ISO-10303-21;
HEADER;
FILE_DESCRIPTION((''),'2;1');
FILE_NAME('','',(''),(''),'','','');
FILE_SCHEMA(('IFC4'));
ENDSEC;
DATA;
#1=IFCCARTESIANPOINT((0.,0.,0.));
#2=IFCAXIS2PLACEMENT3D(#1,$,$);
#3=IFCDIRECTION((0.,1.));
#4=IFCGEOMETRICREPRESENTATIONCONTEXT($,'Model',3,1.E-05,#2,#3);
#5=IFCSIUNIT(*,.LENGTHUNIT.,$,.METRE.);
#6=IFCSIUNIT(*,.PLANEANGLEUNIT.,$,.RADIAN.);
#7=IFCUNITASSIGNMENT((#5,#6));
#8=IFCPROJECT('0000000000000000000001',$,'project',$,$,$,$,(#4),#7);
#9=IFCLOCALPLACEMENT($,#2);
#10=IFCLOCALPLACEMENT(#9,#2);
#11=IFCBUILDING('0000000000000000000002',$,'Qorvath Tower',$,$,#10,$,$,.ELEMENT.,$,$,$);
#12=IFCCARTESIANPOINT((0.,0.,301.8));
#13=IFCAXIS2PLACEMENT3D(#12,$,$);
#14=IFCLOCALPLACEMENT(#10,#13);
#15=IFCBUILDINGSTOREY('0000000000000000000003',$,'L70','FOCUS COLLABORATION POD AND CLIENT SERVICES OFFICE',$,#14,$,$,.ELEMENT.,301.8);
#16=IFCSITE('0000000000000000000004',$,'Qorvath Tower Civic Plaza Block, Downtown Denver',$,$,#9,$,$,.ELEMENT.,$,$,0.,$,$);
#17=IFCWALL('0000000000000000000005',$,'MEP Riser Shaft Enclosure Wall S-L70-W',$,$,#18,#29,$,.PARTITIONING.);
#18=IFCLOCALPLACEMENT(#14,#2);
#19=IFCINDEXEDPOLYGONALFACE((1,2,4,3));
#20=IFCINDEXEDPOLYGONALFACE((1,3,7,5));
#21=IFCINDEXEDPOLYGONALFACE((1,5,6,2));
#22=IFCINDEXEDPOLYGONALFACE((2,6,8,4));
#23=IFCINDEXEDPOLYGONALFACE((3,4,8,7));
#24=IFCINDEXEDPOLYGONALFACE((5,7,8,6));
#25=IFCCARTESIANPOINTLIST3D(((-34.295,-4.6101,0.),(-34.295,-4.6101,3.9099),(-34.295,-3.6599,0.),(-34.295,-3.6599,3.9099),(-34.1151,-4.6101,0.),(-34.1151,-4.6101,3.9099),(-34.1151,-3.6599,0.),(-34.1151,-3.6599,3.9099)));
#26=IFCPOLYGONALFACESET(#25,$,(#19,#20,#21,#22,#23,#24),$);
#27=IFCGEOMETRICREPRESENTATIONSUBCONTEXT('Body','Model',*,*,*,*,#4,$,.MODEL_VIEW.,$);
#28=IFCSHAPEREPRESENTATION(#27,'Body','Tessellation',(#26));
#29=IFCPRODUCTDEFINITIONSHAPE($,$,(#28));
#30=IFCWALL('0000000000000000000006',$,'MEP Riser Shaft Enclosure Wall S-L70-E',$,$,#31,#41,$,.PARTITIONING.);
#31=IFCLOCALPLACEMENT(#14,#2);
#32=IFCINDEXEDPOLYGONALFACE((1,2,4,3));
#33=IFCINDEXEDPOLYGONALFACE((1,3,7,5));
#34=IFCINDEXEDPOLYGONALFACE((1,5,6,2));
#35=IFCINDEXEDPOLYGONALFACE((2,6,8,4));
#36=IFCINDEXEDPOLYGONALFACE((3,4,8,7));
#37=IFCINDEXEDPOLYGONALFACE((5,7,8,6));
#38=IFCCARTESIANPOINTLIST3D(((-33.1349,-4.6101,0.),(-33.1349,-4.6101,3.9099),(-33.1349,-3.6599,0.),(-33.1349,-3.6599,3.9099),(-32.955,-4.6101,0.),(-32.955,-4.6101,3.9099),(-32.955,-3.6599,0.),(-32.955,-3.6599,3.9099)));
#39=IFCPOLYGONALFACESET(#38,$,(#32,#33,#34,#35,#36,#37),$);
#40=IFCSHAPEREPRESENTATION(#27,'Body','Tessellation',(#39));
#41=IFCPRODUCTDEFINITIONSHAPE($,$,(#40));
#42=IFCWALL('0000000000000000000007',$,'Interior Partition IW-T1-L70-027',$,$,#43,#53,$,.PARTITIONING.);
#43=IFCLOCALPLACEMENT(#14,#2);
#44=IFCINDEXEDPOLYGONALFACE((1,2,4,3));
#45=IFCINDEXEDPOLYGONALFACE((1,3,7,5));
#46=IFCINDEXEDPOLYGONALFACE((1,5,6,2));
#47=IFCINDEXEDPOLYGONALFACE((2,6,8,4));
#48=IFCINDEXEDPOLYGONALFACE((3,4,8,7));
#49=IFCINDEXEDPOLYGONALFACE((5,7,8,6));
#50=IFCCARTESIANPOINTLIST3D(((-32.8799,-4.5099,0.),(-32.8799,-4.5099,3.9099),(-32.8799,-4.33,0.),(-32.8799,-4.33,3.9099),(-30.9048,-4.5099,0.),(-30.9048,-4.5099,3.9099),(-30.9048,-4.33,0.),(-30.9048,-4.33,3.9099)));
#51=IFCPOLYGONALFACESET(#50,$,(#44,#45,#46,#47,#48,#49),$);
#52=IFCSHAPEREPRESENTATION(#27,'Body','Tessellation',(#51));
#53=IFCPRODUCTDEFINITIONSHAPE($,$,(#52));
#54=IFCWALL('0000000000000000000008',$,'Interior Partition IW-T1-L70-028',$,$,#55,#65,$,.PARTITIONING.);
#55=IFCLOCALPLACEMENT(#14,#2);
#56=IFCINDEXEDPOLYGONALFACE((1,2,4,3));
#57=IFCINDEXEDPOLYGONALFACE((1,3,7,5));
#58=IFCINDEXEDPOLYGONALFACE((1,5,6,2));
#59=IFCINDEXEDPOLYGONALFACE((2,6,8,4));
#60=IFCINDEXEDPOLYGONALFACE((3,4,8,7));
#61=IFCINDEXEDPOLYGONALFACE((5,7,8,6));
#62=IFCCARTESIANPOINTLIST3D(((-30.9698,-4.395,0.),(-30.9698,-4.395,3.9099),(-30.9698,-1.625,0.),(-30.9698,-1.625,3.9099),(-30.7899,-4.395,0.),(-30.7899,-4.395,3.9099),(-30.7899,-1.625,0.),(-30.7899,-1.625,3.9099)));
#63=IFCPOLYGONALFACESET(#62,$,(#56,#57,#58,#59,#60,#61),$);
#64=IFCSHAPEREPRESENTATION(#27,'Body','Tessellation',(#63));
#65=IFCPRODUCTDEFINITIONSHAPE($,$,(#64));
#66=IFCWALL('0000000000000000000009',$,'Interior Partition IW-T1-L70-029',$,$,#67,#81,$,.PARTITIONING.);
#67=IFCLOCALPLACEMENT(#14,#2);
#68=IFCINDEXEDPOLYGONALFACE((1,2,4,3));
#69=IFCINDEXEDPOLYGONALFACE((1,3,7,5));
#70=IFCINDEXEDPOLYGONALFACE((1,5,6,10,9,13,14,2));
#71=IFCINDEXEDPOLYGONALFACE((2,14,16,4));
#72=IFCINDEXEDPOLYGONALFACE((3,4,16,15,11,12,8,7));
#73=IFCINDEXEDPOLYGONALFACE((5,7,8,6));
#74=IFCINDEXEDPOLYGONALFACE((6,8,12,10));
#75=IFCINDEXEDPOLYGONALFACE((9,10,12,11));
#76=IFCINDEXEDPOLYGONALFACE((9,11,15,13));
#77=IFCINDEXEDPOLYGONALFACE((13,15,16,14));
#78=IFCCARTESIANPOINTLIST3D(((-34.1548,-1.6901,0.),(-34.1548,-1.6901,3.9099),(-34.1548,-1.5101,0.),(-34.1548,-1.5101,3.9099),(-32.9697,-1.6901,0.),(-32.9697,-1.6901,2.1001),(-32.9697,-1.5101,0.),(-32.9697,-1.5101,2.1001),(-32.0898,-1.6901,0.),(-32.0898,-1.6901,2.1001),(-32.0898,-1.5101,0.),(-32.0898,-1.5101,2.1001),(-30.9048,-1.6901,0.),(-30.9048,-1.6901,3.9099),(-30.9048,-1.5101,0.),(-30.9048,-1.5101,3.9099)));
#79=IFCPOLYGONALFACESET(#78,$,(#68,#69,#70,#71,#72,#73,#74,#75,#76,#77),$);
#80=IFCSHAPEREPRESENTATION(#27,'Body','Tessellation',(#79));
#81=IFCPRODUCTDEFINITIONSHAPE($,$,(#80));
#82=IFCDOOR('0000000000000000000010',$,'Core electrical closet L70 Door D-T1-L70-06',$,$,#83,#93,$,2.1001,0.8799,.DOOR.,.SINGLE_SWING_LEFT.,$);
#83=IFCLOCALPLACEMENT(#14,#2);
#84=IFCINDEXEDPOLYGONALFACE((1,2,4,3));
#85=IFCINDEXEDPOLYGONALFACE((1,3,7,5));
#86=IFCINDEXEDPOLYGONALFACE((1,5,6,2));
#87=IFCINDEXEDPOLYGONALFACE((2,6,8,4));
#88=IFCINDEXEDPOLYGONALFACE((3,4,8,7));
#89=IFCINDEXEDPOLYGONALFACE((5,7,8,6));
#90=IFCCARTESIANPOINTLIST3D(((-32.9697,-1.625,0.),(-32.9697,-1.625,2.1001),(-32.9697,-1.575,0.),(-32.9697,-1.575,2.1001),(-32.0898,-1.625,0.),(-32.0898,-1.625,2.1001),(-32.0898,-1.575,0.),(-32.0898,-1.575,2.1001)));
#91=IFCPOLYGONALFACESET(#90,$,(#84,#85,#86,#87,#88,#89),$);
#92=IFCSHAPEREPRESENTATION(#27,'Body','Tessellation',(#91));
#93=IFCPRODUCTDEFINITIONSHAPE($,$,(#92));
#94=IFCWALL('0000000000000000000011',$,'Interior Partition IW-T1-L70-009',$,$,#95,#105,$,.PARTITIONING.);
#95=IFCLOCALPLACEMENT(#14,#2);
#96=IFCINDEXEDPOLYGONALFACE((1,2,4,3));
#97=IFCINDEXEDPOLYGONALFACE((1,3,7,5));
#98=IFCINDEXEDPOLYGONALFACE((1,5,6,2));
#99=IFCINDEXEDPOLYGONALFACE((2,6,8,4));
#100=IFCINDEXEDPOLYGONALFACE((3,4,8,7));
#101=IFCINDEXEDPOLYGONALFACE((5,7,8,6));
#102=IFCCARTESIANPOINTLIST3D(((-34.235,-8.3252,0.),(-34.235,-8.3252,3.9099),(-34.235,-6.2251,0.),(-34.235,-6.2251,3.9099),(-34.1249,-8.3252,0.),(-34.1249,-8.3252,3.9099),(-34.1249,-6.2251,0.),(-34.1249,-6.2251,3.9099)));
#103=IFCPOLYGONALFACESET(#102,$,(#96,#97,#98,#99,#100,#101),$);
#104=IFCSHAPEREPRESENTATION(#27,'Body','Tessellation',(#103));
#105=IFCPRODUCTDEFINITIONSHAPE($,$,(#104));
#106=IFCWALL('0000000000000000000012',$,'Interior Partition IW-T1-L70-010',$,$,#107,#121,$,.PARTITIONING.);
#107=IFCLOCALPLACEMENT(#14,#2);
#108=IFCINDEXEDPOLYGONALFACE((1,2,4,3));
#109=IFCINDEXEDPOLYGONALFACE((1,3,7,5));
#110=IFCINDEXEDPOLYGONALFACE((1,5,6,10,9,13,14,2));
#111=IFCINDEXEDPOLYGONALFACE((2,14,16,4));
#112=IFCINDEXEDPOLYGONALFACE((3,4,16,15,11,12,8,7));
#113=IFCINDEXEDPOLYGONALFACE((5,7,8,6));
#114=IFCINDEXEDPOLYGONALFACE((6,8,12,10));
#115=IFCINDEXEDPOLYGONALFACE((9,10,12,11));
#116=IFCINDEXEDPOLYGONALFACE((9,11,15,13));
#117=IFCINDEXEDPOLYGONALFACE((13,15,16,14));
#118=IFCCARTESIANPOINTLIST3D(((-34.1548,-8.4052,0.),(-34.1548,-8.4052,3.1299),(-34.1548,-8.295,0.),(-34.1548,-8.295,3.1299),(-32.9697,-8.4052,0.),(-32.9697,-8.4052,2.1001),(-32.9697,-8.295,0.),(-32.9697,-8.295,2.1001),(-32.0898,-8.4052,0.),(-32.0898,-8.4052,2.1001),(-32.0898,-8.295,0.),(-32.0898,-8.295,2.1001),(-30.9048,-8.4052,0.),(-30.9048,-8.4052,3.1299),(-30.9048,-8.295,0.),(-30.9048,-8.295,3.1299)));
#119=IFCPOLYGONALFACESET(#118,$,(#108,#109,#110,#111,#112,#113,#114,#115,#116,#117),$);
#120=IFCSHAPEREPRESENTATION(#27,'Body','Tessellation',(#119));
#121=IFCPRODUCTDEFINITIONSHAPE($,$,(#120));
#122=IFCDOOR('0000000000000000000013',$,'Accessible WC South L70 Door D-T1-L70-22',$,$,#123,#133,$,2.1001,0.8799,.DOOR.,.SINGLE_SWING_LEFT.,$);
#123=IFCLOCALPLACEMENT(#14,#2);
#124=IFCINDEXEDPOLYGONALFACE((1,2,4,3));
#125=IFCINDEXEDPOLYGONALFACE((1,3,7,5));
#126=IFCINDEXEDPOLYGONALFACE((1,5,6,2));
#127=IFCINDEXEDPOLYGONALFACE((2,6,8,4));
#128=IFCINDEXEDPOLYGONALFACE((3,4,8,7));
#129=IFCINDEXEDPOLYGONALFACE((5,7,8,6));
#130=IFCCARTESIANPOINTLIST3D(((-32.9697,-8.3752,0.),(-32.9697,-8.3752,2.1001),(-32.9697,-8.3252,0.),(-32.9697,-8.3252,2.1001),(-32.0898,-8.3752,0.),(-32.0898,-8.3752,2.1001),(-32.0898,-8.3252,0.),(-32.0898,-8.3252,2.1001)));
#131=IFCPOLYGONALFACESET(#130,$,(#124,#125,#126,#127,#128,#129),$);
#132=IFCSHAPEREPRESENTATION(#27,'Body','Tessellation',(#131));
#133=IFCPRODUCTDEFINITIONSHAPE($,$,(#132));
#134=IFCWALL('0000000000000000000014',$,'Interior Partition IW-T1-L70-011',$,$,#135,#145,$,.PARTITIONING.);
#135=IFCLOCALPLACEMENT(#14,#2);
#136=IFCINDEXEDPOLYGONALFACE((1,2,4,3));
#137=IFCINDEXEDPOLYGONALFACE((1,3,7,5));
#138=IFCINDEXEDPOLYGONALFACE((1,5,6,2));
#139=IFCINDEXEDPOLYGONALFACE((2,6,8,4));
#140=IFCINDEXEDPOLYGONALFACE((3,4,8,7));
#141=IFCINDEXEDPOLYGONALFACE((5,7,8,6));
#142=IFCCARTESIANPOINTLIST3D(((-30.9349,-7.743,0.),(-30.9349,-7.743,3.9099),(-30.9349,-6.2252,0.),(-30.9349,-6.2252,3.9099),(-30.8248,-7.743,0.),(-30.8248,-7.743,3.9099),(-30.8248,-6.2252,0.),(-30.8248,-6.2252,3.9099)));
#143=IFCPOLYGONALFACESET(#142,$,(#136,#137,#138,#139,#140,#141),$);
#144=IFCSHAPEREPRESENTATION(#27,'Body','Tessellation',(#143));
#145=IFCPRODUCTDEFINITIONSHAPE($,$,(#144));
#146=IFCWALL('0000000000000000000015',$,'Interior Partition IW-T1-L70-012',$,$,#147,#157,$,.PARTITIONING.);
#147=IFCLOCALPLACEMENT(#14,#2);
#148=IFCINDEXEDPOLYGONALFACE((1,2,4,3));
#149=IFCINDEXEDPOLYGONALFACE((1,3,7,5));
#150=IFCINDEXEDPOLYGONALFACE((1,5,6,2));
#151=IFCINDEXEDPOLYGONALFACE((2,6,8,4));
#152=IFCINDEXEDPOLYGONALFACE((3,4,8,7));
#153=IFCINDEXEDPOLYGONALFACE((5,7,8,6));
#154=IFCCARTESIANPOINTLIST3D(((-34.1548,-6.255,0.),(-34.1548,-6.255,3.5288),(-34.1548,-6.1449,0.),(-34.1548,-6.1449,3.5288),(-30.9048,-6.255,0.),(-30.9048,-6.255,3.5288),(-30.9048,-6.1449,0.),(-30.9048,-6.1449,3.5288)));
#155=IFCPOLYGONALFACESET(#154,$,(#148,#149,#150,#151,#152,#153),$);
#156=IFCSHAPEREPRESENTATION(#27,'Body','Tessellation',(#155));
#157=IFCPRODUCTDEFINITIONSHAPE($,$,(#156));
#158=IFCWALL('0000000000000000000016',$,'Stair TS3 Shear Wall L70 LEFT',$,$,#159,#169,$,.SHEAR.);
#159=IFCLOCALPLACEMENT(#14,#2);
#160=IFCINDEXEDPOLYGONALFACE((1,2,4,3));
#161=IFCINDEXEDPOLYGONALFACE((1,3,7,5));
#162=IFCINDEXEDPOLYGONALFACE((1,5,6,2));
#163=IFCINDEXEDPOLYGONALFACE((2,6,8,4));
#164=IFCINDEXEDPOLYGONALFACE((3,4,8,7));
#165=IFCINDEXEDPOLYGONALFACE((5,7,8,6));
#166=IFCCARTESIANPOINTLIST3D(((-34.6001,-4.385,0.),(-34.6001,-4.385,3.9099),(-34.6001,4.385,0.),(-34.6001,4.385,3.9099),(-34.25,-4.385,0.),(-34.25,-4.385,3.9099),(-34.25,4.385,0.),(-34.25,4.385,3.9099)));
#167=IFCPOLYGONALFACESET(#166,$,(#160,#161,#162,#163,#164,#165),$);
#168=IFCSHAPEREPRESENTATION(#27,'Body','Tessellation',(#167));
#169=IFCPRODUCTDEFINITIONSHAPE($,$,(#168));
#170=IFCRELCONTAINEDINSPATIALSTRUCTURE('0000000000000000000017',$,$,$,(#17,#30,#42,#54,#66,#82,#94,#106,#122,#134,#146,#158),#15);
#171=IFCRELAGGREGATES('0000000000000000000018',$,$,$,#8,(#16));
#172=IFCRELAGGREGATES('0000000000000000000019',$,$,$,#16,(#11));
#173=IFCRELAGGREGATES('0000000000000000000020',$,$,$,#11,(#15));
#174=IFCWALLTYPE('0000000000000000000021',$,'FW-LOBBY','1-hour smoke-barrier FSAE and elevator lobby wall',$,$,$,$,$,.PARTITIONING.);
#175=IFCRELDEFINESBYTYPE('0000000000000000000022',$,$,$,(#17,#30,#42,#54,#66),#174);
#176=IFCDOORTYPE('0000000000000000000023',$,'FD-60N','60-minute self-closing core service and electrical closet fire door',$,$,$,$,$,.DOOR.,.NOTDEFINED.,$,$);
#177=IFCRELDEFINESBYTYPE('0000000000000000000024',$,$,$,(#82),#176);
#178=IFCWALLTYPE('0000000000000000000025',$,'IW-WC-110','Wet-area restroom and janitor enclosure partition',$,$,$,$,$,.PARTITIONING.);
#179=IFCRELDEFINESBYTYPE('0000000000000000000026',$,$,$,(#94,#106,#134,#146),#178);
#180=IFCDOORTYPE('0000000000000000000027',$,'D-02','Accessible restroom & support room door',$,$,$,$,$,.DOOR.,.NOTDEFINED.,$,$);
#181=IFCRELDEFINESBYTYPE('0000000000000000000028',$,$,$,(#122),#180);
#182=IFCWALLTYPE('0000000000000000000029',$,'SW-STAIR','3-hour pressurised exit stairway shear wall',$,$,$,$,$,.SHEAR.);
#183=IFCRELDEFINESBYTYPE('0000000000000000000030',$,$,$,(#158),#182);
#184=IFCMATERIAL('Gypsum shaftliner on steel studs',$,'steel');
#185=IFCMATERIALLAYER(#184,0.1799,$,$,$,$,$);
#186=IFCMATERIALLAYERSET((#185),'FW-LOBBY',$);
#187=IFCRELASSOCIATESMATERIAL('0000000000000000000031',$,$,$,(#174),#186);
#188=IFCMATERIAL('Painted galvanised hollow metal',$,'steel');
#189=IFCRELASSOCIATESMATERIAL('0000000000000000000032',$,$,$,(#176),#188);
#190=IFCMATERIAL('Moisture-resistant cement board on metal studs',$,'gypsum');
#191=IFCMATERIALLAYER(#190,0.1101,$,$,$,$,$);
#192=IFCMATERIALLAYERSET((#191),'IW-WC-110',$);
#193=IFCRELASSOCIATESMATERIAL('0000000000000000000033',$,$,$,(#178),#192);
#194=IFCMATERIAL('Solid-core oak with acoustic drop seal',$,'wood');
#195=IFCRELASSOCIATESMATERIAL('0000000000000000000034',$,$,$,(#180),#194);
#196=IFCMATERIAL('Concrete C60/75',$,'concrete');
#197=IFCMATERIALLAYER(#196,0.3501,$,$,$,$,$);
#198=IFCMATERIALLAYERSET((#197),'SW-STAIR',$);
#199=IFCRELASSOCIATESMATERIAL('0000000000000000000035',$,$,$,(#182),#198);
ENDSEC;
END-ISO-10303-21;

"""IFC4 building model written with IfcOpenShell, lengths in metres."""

from ifc_helpers import new_model, si_unit, direction, frame, frame_2d, origin, place, context, subcontext, project, spatial, rectangle, extrude, material, layer, layer_set, type_object, element, fill, save


model = new_model("IFC4")

# Units and contexts
model_context = context("Model", 3, precision=1e-05, world=origin(), true_north=direction((0.0, 1.0)))
body_context = subcontext(model_context, "Body", "Model", "MODEL_VIEW")
ifc_project = project(units=[si_unit("LENGTHUNIT", "METRE"), si_unit("PLANEANGLEUNIT", "RADIAN")], contexts=[model_context])

# Site, building, storey
site_placement = place(None, origin())
site = spatial("IfcSite", under=ifc_project, at=site_placement, Name="Qorvath Tower Civic Plaza Block, Downtown Denver", CompositionType="ELEMENT", RefElevation=0.0)
building_placement = place(site_placement, origin())
building = spatial("IfcBuilding", under=site, at=building_placement, Name="Qorvath Tower", CompositionType="ELEMENT")
storey_placement = place(building_placement, frame((0.0, 0.0, 301.8)))
storey = spatial("IfcBuildingStorey", under=building, at=storey_placement, Name="L70", Description="FOCUS COLLABORATION POD AND CLIENT SERVICES OFFICE", CompositionType="ELEMENT", Elevation=301.8)

# Walls
ifc_material_1 = material(Name="Gypsum shaftliner on steel studs", Category="steel")
ifc_layer_1 = layer(ifc_material_1, 0.1799)
ifc_layer_set_1 = layer_set([ifc_layer_1], Name="FW-LOBBY")
wall_type_1 = type_object("IfcWallType", Name="FW-LOBBY", Description="1-hour smoke-barrier FSAE and elevator lobby wall", PredefinedType="PARTITIONING", material=ifc_layer_set_1)
for number, where, z_axis, x_axis, name in (
    (1, (-34.2051, -4.6101, 0.0), (0.0, 0.0, 1.0), (0.0, 1.0, 0.0), "MEP Riser Shaft Enclosure Wall S-L70-W"),
    (2, (-33.0449, -3.6599, 0.0), (0.0, 0.0, 1.0), (0.0, -1.0, 0.0), "MEP Riser Shaft Enclosure Wall S-L70-E"),
):
    element("IfcWall", number, at=place(storey_placement, frame(where, z_axis=z_axis, x_axis=x_axis)), inside=storey, type_object=wall_type_1, Name=name, PredefinedType="PARTITIONING", context=body_context, shape_type="SweptSolid", body=[
        extrude(rectangle(XDim=0.9502, YDim=0.1799, at=frame_2d((0.4751, 0.0))), origin(), (0.0, 0.0, 1.0), 3.9099),
    ])
wall_1_placement = place(storey_placement, frame((-32.8799, -4.4199, 0.0), z_axis=(0.0, 0.0, 1.0), x_axis=(1.0, 0.0, 0.0)))
element("IfcWall", 3, at=wall_1_placement, inside=storey, type_object=wall_type_1, Name="Interior Partition IW-T1-L70-027", PredefinedType="PARTITIONING", context=body_context, shape_type="SweptSolid", body=[
    extrude(rectangle(XDim=1.9751, YDim=0.1799, at=frame_2d((0.9875, 0.0))), origin(), (0.0, 0.0, 1.0), 3.9099),
])
wall_2_placement = place(storey_placement, frame((-30.8799, -4.395, 0.0), z_axis=(0.0, 0.0, 1.0), x_axis=(0.0, 1.0, 0.0)))
element("IfcWall", 4, at=wall_2_placement, inside=storey, type_object=wall_type_1, Name="Interior Partition IW-T1-L70-028", PredefinedType="PARTITIONING", context=body_context, shape_type="SweptSolid", body=[
    extrude(rectangle(XDim=2.77, YDim=0.1799, at=frame_2d((1.385, 0.0))), origin(), (0.0, 0.0, 1.0), 3.9099),
])

# Wall, opening, door
wall_3_placement = place(storey_placement, frame((-30.9048, -1.6001, 0.0), z_axis=(0.0, 0.0, 1.0), x_axis=(-1.0, 0.0, 0.0)))
wall_3 = element("IfcWall", 5, at=wall_3_placement, inside=storey, type_object=wall_type_1, Name="Interior Partition IW-T1-L70-029", PredefinedType="PARTITIONING", context=body_context, shape_type="SweptSolid", body=[
    extrude(rectangle(XDim=3.25, YDim=0.1799, at=frame_2d((1.625, 0.0))), origin(), (0.0, 0.0, 1.0), 3.9099),
])
opening_1_placement = place(wall_3_placement, frame((1.1851, 0.0, 0.0)))
opening_1 = element("IfcOpeningElement", 6, at=opening_1_placement, cuts=wall_3, PredefinedType="OPENING", context=body_context, shape_type="SweptSolid", body=[
    extrude(rectangle(XDim=0.8799, YDim=2.1001, at=frame_2d((0.4399, 1.05))), frame((0.0, 0.1001, 0.0), z_axis=(0.0, -1.0, 0.0), x_axis=(1.0, 0.0, 0.0)), (0.0, 0.0, 1.0), 0.2),
])
ifc_material_2 = material(Name="Painted galvanised hollow metal", Category="steel")
door_type_1 = type_object("IfcDoorType", Name="FD-60N", Description="60-minute self-closing core service and electrical closet fire door", OperationType="NOTDEFINED", PredefinedType="DOOR", material=ifc_material_2)
door_1_placement = place(opening_1_placement, origin())
door_1 = element("IfcDoor", 7, at=door_1_placement, inside=storey, type_object=door_type_1, Name="Core electrical closet L70 Door D-T1-L70-06", OperationType="SINGLE_SWING_LEFT", OverallHeight=2.1001, OverallWidth=0.8799, PredefinedType="DOOR", context=body_context, shape_type="SweptSolid", body=[
    extrude(rectangle(XDim=0.8799, YDim=2.1001, at=frame_2d((0.4399, 1.05))), frame((0.0, 0.0249, 0.0), z_axis=(0.0, -1.0, 0.0), x_axis=(1.0, 0.0, 0.0)), (0.0, 0.0, 1.0), 0.05),
])
fill(opening_1, door_1)

# Wall
ifc_material_3 = material(Name="Moisture-resistant cement board on metal studs", Category="gypsum")
ifc_layer_2 = layer(ifc_material_3, 0.1101)
ifc_layer_set_2 = layer_set([ifc_layer_2], Name="IW-WC-110")
wall_type_2 = type_object("IfcWallType", Name="IW-WC-110", Description="Wet-area restroom and janitor enclosure partition", PredefinedType="PARTITIONING", material=ifc_layer_set_2)
wall_4_placement = place(storey_placement, frame((-34.1799, -6.2251, 0.0), z_axis=(0.0, 0.0, 1.0), x_axis=(0.0, -1.0, 0.0)))
element("IfcWall", 8, at=wall_4_placement, inside=storey, type_object=wall_type_2, Name="Interior Partition IW-T1-L70-009", PredefinedType="PARTITIONING", context=body_context, shape_type="SweptSolid", body=[
    extrude(rectangle(XDim=2.1001, YDim=0.1101, at=frame_2d((1.05, 0.0))), origin(), (0.0, 0.0, 1.0), 3.9099),
])

# Wall, opening, door
wall_5_placement = place(storey_placement, frame((-34.1548, -8.3501, 0.0), z_axis=(0.0, 0.0, 1.0), x_axis=(1.0, 0.0, 0.0)))
wall_5 = element("IfcWall", 9, at=wall_5_placement, inside=storey, type_object=wall_type_2, Name="Interior Partition IW-T1-L70-010", PredefinedType="PARTITIONING", context=body_context, shape_type="SweptSolid", body=[
    extrude(rectangle(XDim=3.25, YDim=0.1101, at=frame_2d((1.625, 0.0))), origin(), (0.0, 0.0, 1.0), 3.1299),
])
opening_2_placement = place(wall_5_placement, frame((1.1851, 0.0, 0.0)))
opening_2 = element("IfcOpeningElement", 10, at=opening_2_placement, cuts=wall_5, PredefinedType="OPENING", context=body_context, shape_type="SweptSolid", body=[
    extrude(rectangle(XDim=0.8799, YDim=2.1001, at=frame_2d((0.4399, 1.05))), frame((0.0, 0.0649, 0.0), z_axis=(0.0, -1.0, 0.0), x_axis=(1.0, 0.0, 0.0)), (0.0, 0.0, 1.0), 0.1301),
])
ifc_material_4 = material(Name="Solid-core oak with acoustic drop seal", Category="wood")
door_type_2 = type_object("IfcDoorType", Name="D-02", Description="Accessible restroom & support room door", OperationType="NOTDEFINED", PredefinedType="DOOR", material=ifc_material_4)
door_2_placement = place(opening_2_placement, origin())
door_2 = element("IfcDoor", 11, at=door_2_placement, inside=storey, type_object=door_type_2, Name="Accessible WC South L70 Door D-T1-L70-22", OperationType="SINGLE_SWING_LEFT", OverallHeight=2.1001, OverallWidth=0.8799, PredefinedType="DOOR", context=body_context, shape_type="SweptSolid", body=[
    extrude(rectangle(XDim=0.8799, YDim=2.1001, at=frame_2d((0.4399, 1.05))), frame((0.0, 0.0249, 0.0), z_axis=(0.0, -1.0, 0.0), x_axis=(1.0, 0.0, 0.0)), (0.0, 0.0, 1.0), 0.05),
])
fill(opening_2, door_2)

# Walls
wall_6_placement = place(storey_placement, frame((-30.8799, -7.7429, 0.0), z_axis=(0.0, 0.0, 1.0), x_axis=(0.0, 1.0, 0.0)))
element("IfcWall", 12, at=wall_6_placement, inside=storey, type_object=wall_type_2, Name="Interior Partition IW-T1-L70-011", PredefinedType="PARTITIONING", context=body_context, shape_type="SweptSolid", body=[
    extrude(rectangle(XDim=1.5178, YDim=0.1101, at=frame_2d((0.7588, 0.0))), origin(), (0.0, 0.0, 1.0), 3.9099),
])
wall_7_placement = place(storey_placement, frame((-30.9048, -6.2, 0.0), z_axis=(0.0, 0.0, 1.0), x_axis=(-1.0, 0.0, 0.0)))
element("IfcWall", 13, at=wall_7_placement, inside=storey, type_object=wall_type_2, Name="Interior Partition IW-T1-L70-012", PredefinedType="PARTITIONING", context=body_context, shape_type="SweptSolid", body=[
    extrude(rectangle(XDim=3.25, YDim=0.1101, at=frame_2d((1.625, 0.0))), origin(), (0.0, 0.0, 1.0), 3.5288),
])
ifc_material_5 = material(Name="Concrete C60/75", Category="concrete")
ifc_layer_3 = layer(ifc_material_5, 0.3501)
ifc_layer_set_3 = layer_set([ifc_layer_3], Name="SW-STAIR")
wall_type_3 = type_object("IfcWallType", Name="SW-STAIR", Description="3-hour pressurised exit stairway shear wall", PredefinedType="SHEAR", material=ifc_layer_set_3)
wall_8_placement = place(storey_placement, frame((-34.425, -4.385, 0.0), z_axis=(0.0, 0.0, 1.0), x_axis=(0.0, 1.0, 0.0)))
element("IfcWall", 14, at=wall_8_placement, inside=storey, type_object=wall_type_3, Name="Stair TS3 Shear Wall L70 LEFT", PredefinedType="SHEAR", context=body_context, shape_type="SweptSolid", body=[
    extrude(rectangle(XDim=8.77, YDim=0.3501, at=frame_2d((4.385, 0.0))), origin(), (0.0, 0.0, 1.0), 3.9099),
])

save(model, "model.ifc")
